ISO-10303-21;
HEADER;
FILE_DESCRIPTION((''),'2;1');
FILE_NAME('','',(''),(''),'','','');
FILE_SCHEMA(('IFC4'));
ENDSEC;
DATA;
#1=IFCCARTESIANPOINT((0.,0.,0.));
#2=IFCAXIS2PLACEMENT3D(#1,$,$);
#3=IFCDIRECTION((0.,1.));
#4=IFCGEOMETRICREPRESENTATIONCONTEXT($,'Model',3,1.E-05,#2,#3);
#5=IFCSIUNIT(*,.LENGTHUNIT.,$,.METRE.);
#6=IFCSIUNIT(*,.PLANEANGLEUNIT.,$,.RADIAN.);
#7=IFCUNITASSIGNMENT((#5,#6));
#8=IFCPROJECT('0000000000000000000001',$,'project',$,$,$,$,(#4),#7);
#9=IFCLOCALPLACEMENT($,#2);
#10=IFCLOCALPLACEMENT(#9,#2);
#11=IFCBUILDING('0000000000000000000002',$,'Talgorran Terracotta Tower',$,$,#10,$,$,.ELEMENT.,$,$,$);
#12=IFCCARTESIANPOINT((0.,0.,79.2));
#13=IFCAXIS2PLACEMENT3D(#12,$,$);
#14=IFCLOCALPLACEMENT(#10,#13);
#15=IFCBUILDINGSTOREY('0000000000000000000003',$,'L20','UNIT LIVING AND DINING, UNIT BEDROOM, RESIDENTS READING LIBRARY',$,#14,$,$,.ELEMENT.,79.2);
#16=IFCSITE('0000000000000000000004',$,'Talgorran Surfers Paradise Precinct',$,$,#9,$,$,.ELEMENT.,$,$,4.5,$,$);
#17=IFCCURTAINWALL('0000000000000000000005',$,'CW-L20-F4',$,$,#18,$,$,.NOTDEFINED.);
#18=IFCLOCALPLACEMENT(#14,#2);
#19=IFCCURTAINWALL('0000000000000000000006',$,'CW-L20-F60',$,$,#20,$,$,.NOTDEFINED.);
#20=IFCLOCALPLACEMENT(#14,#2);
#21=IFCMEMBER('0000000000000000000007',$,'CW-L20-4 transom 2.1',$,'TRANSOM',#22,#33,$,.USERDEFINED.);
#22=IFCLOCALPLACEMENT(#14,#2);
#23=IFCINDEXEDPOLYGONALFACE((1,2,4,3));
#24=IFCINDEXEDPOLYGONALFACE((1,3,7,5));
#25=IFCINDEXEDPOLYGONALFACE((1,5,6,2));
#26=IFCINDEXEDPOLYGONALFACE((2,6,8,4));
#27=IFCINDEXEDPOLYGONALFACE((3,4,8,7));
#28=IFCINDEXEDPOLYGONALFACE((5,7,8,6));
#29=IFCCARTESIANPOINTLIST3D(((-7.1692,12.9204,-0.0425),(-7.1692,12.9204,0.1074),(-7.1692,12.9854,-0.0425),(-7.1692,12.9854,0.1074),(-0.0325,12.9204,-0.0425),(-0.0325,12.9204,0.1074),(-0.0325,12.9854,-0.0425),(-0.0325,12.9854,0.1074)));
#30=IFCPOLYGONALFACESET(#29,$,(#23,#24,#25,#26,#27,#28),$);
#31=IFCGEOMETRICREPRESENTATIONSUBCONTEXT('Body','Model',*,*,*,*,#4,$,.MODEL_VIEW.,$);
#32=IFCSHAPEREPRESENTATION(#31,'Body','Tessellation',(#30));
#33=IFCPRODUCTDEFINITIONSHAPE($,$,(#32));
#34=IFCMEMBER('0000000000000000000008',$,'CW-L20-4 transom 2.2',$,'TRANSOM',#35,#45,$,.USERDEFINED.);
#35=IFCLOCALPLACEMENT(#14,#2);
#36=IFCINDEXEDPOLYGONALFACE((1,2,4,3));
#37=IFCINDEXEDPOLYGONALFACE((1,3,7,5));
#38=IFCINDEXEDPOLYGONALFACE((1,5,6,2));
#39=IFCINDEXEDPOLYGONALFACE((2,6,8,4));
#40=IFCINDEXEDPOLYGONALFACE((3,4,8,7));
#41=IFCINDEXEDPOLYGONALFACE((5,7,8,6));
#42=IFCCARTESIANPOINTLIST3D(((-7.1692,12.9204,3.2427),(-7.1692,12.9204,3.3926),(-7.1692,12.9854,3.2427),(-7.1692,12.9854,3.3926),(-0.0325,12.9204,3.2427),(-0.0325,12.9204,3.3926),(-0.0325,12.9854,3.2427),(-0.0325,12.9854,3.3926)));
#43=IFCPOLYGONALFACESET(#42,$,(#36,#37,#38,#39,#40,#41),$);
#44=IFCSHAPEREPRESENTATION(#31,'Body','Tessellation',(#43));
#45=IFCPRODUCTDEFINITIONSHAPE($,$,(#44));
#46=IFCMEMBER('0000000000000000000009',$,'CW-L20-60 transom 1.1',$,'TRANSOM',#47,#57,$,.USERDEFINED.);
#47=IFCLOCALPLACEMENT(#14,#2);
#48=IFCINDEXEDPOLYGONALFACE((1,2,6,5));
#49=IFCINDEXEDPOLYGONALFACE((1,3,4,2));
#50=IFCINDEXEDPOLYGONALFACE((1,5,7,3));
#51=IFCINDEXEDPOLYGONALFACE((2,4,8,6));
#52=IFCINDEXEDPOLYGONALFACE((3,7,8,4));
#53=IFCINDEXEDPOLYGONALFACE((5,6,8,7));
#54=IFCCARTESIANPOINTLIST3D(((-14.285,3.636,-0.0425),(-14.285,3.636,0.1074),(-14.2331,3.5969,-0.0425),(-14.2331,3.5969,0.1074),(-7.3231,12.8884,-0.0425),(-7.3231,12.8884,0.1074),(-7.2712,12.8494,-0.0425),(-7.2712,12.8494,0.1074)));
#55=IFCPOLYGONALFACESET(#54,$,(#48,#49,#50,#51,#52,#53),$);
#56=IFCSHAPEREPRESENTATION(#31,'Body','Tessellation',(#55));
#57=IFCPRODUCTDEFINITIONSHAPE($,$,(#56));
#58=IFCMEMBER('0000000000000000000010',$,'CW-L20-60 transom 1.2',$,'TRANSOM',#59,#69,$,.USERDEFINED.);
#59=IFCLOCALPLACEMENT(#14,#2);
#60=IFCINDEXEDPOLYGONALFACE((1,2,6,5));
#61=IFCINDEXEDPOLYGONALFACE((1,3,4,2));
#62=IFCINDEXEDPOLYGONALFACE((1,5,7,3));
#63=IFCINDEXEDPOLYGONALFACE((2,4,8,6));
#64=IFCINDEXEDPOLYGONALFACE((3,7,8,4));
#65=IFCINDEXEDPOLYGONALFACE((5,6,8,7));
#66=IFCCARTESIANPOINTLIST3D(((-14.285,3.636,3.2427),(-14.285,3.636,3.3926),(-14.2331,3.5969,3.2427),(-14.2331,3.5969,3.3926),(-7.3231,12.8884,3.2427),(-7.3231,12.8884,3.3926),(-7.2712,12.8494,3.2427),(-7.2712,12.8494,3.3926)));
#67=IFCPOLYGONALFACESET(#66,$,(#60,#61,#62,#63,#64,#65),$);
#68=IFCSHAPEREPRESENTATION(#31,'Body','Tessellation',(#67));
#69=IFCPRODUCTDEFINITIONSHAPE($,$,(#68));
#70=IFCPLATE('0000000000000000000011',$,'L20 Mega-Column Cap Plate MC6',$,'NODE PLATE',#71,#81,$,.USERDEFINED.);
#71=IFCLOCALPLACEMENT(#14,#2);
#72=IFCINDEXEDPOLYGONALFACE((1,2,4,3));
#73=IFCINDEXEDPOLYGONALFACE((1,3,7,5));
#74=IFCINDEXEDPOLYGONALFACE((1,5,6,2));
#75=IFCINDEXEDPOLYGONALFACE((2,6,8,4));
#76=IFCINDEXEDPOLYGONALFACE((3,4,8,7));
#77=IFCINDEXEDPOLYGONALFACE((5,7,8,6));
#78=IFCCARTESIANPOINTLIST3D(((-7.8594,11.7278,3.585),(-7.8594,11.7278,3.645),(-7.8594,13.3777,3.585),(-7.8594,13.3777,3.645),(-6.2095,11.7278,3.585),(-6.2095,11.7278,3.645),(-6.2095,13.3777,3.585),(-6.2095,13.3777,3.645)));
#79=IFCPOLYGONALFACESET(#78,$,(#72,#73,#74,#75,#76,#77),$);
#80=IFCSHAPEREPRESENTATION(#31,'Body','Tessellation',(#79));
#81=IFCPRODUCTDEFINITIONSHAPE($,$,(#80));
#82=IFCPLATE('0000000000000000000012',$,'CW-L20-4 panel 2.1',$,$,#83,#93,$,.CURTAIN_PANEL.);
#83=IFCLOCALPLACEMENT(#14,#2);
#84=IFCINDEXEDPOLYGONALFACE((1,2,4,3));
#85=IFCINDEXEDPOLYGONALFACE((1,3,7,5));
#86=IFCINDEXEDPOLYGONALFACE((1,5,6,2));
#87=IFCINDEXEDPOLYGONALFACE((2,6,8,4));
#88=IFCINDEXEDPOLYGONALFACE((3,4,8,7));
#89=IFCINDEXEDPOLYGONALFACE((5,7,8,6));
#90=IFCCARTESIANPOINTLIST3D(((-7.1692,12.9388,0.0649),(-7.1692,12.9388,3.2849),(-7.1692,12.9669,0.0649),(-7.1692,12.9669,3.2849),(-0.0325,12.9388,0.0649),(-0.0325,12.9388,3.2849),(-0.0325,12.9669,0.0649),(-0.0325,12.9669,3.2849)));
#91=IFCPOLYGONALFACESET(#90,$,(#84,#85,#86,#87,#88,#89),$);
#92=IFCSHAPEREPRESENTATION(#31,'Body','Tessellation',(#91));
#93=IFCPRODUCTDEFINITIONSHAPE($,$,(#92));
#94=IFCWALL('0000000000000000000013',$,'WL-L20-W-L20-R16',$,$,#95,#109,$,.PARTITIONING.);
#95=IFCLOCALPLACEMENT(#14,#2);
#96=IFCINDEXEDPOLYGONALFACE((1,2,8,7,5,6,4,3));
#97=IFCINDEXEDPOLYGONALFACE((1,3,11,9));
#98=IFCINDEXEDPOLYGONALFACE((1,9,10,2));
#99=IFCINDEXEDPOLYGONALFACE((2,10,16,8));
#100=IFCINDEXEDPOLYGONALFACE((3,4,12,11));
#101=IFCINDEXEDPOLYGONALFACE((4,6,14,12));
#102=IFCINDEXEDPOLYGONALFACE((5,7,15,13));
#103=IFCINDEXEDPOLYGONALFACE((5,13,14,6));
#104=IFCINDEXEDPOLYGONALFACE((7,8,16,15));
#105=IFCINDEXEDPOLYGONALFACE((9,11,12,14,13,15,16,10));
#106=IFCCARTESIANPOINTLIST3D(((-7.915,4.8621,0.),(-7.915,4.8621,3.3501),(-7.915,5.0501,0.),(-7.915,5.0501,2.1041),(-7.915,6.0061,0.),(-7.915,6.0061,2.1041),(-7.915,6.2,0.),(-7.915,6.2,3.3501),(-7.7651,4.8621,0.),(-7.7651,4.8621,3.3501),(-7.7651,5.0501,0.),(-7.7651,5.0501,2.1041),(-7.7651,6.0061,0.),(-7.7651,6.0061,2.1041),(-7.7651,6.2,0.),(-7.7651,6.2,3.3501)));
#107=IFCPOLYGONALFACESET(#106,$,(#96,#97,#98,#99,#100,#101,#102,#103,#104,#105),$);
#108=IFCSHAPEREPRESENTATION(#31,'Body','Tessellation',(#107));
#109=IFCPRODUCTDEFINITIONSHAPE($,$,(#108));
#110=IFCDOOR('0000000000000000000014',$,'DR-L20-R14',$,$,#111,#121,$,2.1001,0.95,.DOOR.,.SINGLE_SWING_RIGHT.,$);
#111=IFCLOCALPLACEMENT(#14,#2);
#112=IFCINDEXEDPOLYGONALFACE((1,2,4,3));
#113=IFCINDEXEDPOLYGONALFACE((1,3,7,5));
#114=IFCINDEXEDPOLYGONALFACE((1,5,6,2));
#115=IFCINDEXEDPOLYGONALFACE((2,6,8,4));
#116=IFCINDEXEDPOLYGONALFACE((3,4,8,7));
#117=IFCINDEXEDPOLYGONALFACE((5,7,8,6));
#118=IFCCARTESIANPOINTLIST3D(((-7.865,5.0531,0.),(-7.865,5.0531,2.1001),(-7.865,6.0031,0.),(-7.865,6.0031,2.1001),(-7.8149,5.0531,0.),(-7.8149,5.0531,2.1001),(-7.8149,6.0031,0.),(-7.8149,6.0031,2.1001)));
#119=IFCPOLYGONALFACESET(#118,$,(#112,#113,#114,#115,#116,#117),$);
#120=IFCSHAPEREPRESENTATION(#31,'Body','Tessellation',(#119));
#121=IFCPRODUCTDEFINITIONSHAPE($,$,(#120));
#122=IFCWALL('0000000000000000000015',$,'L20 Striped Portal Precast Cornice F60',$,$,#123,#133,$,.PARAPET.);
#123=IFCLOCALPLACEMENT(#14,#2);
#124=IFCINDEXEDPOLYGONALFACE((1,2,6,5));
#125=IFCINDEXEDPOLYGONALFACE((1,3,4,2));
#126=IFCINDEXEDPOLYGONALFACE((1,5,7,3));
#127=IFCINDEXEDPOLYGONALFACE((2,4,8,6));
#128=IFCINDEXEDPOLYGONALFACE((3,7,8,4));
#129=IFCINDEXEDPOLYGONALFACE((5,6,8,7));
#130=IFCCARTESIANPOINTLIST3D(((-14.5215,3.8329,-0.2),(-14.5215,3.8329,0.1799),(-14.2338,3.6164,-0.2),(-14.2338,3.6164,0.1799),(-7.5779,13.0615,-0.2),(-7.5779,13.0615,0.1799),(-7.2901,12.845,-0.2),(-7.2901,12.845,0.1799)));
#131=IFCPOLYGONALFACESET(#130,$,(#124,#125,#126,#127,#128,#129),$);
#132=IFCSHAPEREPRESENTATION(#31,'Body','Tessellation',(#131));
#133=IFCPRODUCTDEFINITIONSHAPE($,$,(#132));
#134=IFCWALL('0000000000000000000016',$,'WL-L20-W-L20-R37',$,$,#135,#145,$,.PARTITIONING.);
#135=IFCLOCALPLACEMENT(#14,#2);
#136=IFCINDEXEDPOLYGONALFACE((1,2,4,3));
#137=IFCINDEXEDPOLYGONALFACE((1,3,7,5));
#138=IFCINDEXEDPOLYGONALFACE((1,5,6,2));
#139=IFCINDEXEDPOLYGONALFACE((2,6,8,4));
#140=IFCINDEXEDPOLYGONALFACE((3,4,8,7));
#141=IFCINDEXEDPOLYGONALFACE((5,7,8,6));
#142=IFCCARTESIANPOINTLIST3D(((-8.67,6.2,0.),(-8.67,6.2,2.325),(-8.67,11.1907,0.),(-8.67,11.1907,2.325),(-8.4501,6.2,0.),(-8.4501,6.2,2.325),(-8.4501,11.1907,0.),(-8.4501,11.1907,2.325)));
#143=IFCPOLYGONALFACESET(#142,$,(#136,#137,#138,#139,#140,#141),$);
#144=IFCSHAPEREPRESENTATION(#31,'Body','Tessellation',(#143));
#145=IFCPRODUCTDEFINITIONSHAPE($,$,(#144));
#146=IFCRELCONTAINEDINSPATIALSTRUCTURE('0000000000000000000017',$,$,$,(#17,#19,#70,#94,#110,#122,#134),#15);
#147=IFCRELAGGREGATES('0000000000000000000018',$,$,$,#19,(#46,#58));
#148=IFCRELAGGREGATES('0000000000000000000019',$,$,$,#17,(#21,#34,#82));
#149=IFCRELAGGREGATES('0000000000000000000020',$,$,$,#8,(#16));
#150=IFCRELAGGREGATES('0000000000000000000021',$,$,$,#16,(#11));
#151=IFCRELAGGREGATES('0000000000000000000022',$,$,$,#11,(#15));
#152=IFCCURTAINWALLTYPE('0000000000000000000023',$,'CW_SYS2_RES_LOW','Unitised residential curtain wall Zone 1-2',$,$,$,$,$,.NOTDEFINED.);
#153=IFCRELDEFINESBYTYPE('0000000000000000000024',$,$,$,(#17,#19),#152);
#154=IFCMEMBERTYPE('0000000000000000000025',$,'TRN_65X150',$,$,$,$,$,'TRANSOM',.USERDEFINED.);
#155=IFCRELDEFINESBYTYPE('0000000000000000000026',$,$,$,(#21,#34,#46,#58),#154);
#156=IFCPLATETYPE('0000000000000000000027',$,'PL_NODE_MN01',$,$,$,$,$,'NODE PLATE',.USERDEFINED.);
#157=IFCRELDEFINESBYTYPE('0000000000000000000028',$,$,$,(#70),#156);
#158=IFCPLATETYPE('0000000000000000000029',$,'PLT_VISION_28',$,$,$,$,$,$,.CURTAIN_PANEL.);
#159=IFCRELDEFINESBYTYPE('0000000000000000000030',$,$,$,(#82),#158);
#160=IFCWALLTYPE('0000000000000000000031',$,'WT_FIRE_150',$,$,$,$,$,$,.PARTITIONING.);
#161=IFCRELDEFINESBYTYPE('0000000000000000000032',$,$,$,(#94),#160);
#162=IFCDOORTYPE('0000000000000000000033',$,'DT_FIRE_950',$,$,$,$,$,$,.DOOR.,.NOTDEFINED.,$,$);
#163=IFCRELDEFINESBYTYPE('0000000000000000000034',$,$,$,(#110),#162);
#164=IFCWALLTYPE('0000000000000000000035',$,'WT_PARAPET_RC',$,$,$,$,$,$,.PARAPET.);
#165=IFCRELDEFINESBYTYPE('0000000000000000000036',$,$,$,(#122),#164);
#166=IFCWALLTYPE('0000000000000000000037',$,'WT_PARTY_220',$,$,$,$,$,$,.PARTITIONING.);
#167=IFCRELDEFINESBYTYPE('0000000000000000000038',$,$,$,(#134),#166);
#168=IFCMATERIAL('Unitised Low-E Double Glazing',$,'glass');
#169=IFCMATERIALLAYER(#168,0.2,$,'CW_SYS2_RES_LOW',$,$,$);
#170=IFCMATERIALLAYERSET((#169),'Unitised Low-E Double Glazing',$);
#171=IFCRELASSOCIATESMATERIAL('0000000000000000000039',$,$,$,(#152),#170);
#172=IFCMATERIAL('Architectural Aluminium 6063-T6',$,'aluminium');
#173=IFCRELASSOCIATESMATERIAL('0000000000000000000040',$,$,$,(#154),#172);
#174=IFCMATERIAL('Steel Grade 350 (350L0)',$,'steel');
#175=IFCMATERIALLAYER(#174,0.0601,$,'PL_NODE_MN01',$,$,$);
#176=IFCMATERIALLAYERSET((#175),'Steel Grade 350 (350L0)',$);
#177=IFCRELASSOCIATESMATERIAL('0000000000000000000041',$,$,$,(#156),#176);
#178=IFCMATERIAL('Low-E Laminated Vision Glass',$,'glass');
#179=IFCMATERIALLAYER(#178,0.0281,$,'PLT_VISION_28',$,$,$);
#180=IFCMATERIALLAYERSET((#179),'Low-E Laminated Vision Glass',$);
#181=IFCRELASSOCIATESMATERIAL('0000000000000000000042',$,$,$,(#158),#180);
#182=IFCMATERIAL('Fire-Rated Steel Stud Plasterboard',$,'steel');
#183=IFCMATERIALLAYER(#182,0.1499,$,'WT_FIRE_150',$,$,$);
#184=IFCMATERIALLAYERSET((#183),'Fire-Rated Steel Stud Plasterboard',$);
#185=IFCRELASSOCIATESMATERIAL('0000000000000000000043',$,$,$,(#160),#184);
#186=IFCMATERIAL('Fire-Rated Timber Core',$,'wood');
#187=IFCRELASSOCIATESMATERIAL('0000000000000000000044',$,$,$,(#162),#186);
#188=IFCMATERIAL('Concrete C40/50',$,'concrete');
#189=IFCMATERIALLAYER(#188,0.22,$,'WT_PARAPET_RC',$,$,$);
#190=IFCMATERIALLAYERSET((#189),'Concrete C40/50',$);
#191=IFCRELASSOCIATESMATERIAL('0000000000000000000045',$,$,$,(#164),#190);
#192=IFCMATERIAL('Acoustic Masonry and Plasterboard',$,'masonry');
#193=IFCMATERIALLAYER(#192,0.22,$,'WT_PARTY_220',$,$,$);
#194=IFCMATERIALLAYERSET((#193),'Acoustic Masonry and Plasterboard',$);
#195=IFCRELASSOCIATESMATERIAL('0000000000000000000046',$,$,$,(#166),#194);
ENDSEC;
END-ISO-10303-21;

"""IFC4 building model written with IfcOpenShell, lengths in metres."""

from ifc_helpers import new_model, si_unit, direction, frame, frame_2d, origin, origin_2d, place, context, subcontext, project, spatial, rectangle, extrude, source, transform, mapped, material, layer, layer_set, material_profile, profile_set, type_object, type_shapes, element, fill, aggregate, save


model = new_model("IFC4")

# Units and contexts
model_context = context("Model", 3, precision=1e-05, world=origin(), true_north=direction((0.0, 1.0)))
body_context = subcontext(model_context, "Body", "Model", "MODEL_VIEW")
ifc_project = project(units=[si_unit("LENGTHUNIT", "METRE"), si_unit("PLANEANGLEUNIT", "RADIAN")], contexts=[model_context])

# Site, building, storey
site_placement = place(None, origin())
site = spatial("IfcSite", under=ifc_project, at=site_placement, Name="Talgorran Surfers Paradise Precinct", CompositionType="ELEMENT", RefElevation=4.5)
building_placement = place(site_placement, origin())
building = spatial("IfcBuilding", under=site, at=building_placement, Name="Talgorran Terracotta Tower", CompositionType="ELEMENT")
storey_placement = place(building_placement, frame((0.0, 0.0, 79.2)))
storey = spatial("IfcBuildingStorey", under=building, at=storey_placement, Name="L20", Description="UNIT LIVING AND DINING, UNIT BEDROOM, RESIDENTS READING LIBRARY", CompositionType="ELEMENT", Elevation=79.2)

# Shared definitions
ifc_material_1 = material(Name="Steel Grade 350 (350L0)", Category="steel")

# Curtain walls
ifc_material_2 = material(Name="Unitised Low-E Double Glazing", Category="glass")
ifc_layer_1 = layer(ifc_material_2, 0.2, Name="CW_SYS2_RES_LOW")
ifc_layer_set_1 = layer_set([ifc_layer_1], Name="Unitised Low-E Double Glazing")
curtain_wall_type = type_object("IfcCurtainWallType", Name="CW_SYS2_RES_LOW", Description="Unitised residential curtain wall Zone 1-2", PredefinedType="NOTDEFINED", material=ifc_layer_set_1)
curtain_wall_1_placement = place(storey_placement, origin())
curtain_wall_1 = element("IfcCurtainWall", 1, at=curtain_wall_1_placement, inside=storey, type_object=curtain_wall_type, Name="CW-L20-F4", PredefinedType="NOTDEFINED")
ifc_material_3 = material(Name="Architectural Aluminium 6063-T6", Category="aluminium")
curtain_wall_2_placement = place(storey_placement, origin())
curtain_wall_2 = element("IfcCurtainWall", 2, at=curtain_wall_2_placement, inside=storey, type_object=curtain_wall_type, Name="CW-L20-F60", PredefinedType="NOTDEFINED")

# Members
ifc_material_profile_1 = material_profile(ifc_material_3, rectangle(XDim=0.0649, YDim=0.1499, at=origin_2d()), Name="CWT65X150")
ifc_profile_set_1 = profile_set([ifc_material_profile_1], Name="Architectural Aluminium 6063-T6")
member_type_1 = type_object("IfcMemberType", Name="TRN_65X150", ElementType="TRANSOM", PredefinedType="USERDEFINED", material=ifc_profile_set_1)
member_1_placement = place(storey_placement, frame((-0.0325, 12.9529, 0.0325), z_axis=(-1.0, 0.0, 0.0), x_axis=(0.0, -1.0, 0.0)))
member_1 = element("IfcMember", 3, at=member_1_placement, type_object=member_type_1, Name="CW-L20-4 transom 2.1", ObjectType="TRANSOM", PredefinedType="USERDEFINED", context=body_context, shape_type="SweptSolid", body=[
    extrude(rectangle(XDim=0.0649, YDim=0.1499, at=origin_2d()), origin(), (0.0, 0.0, 1.0), 7.1367),
])
member_2_placement = place(storey_placement, frame((-0.0325, 12.9529, 3.3176), z_axis=(-1.0, 0.0, 0.0), x_axis=(0.0, -1.0, 0.0)))
member_2 = element("IfcMember", 4, at=member_2_placement, type_object=member_type_1, Name="CW-L20-4 transom 2.2", ObjectType="TRANSOM", PredefinedType="USERDEFINED", context=body_context, shape_type="SweptSolid", body=[
    extrude(rectangle(XDim=0.0649, YDim=0.1499, at=origin_2d()), origin(), (0.0, 0.0, 1.0), 7.1367),
])
member_3_placement = place(storey_placement, frame((-7.2971, 12.8689, 0.0325), z_axis=(-0.601247, -0.799063, 0.0), x_axis=(0.799063, -0.601247, 0.0)))
member_3 = element("IfcMember", 5, at=member_3_placement, type_object=member_type_1, Name="CW-L20-60 transom 1.1", ObjectType="TRANSOM", PredefinedType="USERDEFINED", context=body_context, shape_type="SweptSolid", body=[
    extrude(rectangle(XDim=0.0649, YDim=0.1499, at=origin_2d()), origin(), (0.0, 0.0, 1.0), 11.5791),
])
member_4_placement = place(storey_placement, frame((-7.2971, 12.8689, 3.3176), z_axis=(-0.601247, -0.799063, 0.0), x_axis=(0.799063, -0.601247, 0.0)))
member_4 = element("IfcMember", 6, at=member_4_placement, type_object=member_type_1, Name="CW-L20-60 transom 1.2", ObjectType="TRANSOM", PredefinedType="USERDEFINED", context=body_context, shape_type="SweptSolid", body=[
    extrude(rectangle(XDim=0.0649, YDim=0.1499, at=origin_2d()), origin(), (0.0, 0.0, 1.0), 11.5791),
])
aggregate(curtain_wall_2, [member_3, member_4])

# Plates
ifc_layer_2 = layer(ifc_material_1, 0.0601, Name="PL_NODE_MN01")
ifc_layer_set_2 = layer_set([ifc_layer_2], Name="Steel Grade 350 (350L0)")
plate_type_1 = type_object("IfcPlateType", Name="PL_NODE_MN01", ElementType="NODE PLATE", PredefinedType="USERDEFINED", material=ifc_layer_set_2)
plate_1_placement = place(storey_placement, frame((-7.0344, 12.5527, 3.585), z_axis=(0.0, 0.0, 1.0), x_axis=(1.0, 0.0, 0.0)))
element("IfcPlate", 7, at=plate_1_placement, inside=storey, type_object=plate_type_1, Name="L20 Mega-Column Cap Plate MC6", ObjectType="NODE PLATE", PredefinedType="USERDEFINED", context=body_context, shape_type="SweptSolid", body=[
    extrude(rectangle(XDim=1.6499, YDim=1.6499, at=origin_2d()), origin(), (0.0, 0.0, 1.0), 0.0601),
])
ifc_material_4 = material(Name="Low-E Laminated Vision Glass", Category="glass")
ifc_layer_3 = layer(ifc_material_4, 0.0281, Name="PLT_VISION_28")
ifc_layer_set_3 = layer_set([ifc_layer_3], Name="Low-E Laminated Vision Glass")
plate_type_2 = type_object("IfcPlateType", Name="PLT_VISION_28", PredefinedType="CURTAIN_PANEL", material=ifc_layer_set_3)
shared_shape = source(origin(), body_context, "Body", "SweptSolid", [
    extrude(rectangle(XDim=7.1367, YDim=0.0281, at=origin_2d()), origin(), (0.0, 0.0, 1.0), 3.22),
])
type_shapes(plate_type_2, [shared_shape])
plate_2_placement = place(storey_placement, frame((-3.6008, 12.9529, 0.0649), z_axis=(0.0, 0.0, 1.0), x_axis=(-1.0, 0.0, 0.0)))
plate_2 = element("IfcPlate", 8, at=plate_2_placement, type_object=plate_type_2, Name="CW-L20-4 panel 2.1", PredefinedType="CURTAIN_PANEL", context=body_context, shape_type="MappedRepresentation", body=[
    mapped(shared_shape, transform((0.0, 0.0, 0.0), scale=1.0)),
])
aggregate(curtain_wall_1, [member_1, member_2, plate_2])

# Wall, opening, door
ifc_material_5 = material(Name="Fire-Rated Steel Stud Plasterboard", Category="steel")
ifc_layer_4 = layer(ifc_material_5, 0.1499, Name="WT_FIRE_150")
ifc_layer_set_4 = layer_set([ifc_layer_4], Name="Fire-Rated Steel Stud Plasterboard")
wall_type_1 = type_object("IfcWallType", Name="WT_FIRE_150", PredefinedType="PARTITIONING", material=ifc_layer_set_4)
wall_1_placement = place(storey_placement, frame((-7.8401, 4.8621, 0.0), z_axis=(0.0, 0.0, 1.0), x_axis=(0.0, 1.0, 0.0)))
wall_1 = element("IfcWall", 9, at=wall_1_placement, inside=storey, type_object=wall_type_1, Name="WL-L20-W-L20-R16", PredefinedType="PARTITIONING", context=body_context, shape_type="SweptSolid", body=[
    extrude(rectangle(XDim=1.3379, YDim=0.1499, at=frame_2d((0.6689, 0.0))), origin(), (0.0, 0.0, 1.0), 3.3501),
])
opening_1_placement = place(wall_1_placement, frame((0.1909, 0.0, 0.0)))
opening_1 = element("IfcOpeningElement", 10, at=opening_1_placement, cuts=wall_1, PredefinedType="OPENING", context=body_context, shape_type="SweptSolid", body=[
    extrude(rectangle(XDim=0.956, YDim=2.1041, at=frame_2d((0.4751, 1.052))), frame((0.0, 0.085, 0.0), z_axis=(0.0, -1.0, 0.0), x_axis=(1.0, 0.0, 0.0)), (0.0, 0.0, 1.0), 0.1699),
])
ifc_material_6 = material(Name="Fire-Rated Timber Core", Category="wood")
door_type_1 = type_object("IfcDoorType", Name="DT_FIRE_950", OperationType="NOTDEFINED", PredefinedType="DOOR", material=ifc_material_6)
door_1_placement = place(opening_1_placement, origin())
door_1 = element("IfcDoor", 11, at=door_1_placement, inside=storey, type_object=door_type_1, Name="DR-L20-R14", OperationType="SINGLE_SWING_RIGHT", OverallHeight=2.1001, OverallWidth=0.95, PredefinedType="DOOR", context=body_context, shape_type="SweptSolid", body=[
    extrude(rectangle(XDim=0.95, YDim=2.1001, at=frame_2d((0.4751, 1.05))), frame((0.0, 0.0249, 0.0), z_axis=(0.0, -1.0, 0.0), x_axis=(1.0, 0.0, 0.0)), (0.0, 0.0, 1.0), 0.05),
])
fill(opening_1, door_1)

# Walls
ifc_material_7 = material(Name="Concrete C40/50", Category="concrete")
ifc_layer_5 = layer(ifc_material_7, 0.22, Name="WT_PARAPET_RC")
ifc_layer_set_5 = layer_set([ifc_layer_5], Name="Concrete C40/50")
wall_type_2 = type_object("IfcWallType", Name="WT_PARAPET_RC", PredefinedType="PARAPET", material=ifc_layer_set_5)
wall_2_placement = place(storey_placement, frame((-7.4341, 12.9531, -0.2), z_axis=(0.0, 0.0, 1.0), x_axis=(-0.60123, -0.799076, 0.0)))
element("IfcWall", 12, at=wall_2_placement, inside=storey, type_object=wall_type_2, Name="L20 Striped Portal Precast Cornice F60", PredefinedType="PARAPET", context=body_context, shape_type="SweptSolid", body=[
    extrude(rectangle(XDim=11.5491, YDim=0.3601, at=frame_2d((5.7744, 0.0))), origin(), (0.0, 0.0, 1.0), 0.3799),
])
ifc_material_8 = material(Name="Acoustic Masonry and Plasterboard", Category="masonry")
ifc_layer_6 = layer(ifc_material_8, 0.22, Name="WT_PARTY_220")
ifc_layer_set_6 = layer_set([ifc_layer_6], Name="Acoustic Masonry and Plasterboard")
wall_type_3 = type_object("IfcWallType", Name="WT_PARTY_220", PredefinedType="PARTITIONING", material=ifc_layer_set_6)
wall_3_placement = place(storey_placement, frame((-8.5601, 6.2, 0.0), z_axis=(0.0, 0.0, 1.0), x_axis=(0.0, 1.0, 0.0)))
element("IfcWall", 13, at=wall_3_placement, inside=storey, type_object=wall_type_3, Name="WL-L20-W-L20-R37", PredefinedType="PARTITIONING", context=body_context, shape_type="SweptSolid", body=[
    extrude(rectangle(XDim=4.9907, YDim=0.22, at=frame_2d((2.4954, 0.0))), origin(), (0.0, 0.0, 1.0), 2.325),
])

save(model, "model.ifc")
